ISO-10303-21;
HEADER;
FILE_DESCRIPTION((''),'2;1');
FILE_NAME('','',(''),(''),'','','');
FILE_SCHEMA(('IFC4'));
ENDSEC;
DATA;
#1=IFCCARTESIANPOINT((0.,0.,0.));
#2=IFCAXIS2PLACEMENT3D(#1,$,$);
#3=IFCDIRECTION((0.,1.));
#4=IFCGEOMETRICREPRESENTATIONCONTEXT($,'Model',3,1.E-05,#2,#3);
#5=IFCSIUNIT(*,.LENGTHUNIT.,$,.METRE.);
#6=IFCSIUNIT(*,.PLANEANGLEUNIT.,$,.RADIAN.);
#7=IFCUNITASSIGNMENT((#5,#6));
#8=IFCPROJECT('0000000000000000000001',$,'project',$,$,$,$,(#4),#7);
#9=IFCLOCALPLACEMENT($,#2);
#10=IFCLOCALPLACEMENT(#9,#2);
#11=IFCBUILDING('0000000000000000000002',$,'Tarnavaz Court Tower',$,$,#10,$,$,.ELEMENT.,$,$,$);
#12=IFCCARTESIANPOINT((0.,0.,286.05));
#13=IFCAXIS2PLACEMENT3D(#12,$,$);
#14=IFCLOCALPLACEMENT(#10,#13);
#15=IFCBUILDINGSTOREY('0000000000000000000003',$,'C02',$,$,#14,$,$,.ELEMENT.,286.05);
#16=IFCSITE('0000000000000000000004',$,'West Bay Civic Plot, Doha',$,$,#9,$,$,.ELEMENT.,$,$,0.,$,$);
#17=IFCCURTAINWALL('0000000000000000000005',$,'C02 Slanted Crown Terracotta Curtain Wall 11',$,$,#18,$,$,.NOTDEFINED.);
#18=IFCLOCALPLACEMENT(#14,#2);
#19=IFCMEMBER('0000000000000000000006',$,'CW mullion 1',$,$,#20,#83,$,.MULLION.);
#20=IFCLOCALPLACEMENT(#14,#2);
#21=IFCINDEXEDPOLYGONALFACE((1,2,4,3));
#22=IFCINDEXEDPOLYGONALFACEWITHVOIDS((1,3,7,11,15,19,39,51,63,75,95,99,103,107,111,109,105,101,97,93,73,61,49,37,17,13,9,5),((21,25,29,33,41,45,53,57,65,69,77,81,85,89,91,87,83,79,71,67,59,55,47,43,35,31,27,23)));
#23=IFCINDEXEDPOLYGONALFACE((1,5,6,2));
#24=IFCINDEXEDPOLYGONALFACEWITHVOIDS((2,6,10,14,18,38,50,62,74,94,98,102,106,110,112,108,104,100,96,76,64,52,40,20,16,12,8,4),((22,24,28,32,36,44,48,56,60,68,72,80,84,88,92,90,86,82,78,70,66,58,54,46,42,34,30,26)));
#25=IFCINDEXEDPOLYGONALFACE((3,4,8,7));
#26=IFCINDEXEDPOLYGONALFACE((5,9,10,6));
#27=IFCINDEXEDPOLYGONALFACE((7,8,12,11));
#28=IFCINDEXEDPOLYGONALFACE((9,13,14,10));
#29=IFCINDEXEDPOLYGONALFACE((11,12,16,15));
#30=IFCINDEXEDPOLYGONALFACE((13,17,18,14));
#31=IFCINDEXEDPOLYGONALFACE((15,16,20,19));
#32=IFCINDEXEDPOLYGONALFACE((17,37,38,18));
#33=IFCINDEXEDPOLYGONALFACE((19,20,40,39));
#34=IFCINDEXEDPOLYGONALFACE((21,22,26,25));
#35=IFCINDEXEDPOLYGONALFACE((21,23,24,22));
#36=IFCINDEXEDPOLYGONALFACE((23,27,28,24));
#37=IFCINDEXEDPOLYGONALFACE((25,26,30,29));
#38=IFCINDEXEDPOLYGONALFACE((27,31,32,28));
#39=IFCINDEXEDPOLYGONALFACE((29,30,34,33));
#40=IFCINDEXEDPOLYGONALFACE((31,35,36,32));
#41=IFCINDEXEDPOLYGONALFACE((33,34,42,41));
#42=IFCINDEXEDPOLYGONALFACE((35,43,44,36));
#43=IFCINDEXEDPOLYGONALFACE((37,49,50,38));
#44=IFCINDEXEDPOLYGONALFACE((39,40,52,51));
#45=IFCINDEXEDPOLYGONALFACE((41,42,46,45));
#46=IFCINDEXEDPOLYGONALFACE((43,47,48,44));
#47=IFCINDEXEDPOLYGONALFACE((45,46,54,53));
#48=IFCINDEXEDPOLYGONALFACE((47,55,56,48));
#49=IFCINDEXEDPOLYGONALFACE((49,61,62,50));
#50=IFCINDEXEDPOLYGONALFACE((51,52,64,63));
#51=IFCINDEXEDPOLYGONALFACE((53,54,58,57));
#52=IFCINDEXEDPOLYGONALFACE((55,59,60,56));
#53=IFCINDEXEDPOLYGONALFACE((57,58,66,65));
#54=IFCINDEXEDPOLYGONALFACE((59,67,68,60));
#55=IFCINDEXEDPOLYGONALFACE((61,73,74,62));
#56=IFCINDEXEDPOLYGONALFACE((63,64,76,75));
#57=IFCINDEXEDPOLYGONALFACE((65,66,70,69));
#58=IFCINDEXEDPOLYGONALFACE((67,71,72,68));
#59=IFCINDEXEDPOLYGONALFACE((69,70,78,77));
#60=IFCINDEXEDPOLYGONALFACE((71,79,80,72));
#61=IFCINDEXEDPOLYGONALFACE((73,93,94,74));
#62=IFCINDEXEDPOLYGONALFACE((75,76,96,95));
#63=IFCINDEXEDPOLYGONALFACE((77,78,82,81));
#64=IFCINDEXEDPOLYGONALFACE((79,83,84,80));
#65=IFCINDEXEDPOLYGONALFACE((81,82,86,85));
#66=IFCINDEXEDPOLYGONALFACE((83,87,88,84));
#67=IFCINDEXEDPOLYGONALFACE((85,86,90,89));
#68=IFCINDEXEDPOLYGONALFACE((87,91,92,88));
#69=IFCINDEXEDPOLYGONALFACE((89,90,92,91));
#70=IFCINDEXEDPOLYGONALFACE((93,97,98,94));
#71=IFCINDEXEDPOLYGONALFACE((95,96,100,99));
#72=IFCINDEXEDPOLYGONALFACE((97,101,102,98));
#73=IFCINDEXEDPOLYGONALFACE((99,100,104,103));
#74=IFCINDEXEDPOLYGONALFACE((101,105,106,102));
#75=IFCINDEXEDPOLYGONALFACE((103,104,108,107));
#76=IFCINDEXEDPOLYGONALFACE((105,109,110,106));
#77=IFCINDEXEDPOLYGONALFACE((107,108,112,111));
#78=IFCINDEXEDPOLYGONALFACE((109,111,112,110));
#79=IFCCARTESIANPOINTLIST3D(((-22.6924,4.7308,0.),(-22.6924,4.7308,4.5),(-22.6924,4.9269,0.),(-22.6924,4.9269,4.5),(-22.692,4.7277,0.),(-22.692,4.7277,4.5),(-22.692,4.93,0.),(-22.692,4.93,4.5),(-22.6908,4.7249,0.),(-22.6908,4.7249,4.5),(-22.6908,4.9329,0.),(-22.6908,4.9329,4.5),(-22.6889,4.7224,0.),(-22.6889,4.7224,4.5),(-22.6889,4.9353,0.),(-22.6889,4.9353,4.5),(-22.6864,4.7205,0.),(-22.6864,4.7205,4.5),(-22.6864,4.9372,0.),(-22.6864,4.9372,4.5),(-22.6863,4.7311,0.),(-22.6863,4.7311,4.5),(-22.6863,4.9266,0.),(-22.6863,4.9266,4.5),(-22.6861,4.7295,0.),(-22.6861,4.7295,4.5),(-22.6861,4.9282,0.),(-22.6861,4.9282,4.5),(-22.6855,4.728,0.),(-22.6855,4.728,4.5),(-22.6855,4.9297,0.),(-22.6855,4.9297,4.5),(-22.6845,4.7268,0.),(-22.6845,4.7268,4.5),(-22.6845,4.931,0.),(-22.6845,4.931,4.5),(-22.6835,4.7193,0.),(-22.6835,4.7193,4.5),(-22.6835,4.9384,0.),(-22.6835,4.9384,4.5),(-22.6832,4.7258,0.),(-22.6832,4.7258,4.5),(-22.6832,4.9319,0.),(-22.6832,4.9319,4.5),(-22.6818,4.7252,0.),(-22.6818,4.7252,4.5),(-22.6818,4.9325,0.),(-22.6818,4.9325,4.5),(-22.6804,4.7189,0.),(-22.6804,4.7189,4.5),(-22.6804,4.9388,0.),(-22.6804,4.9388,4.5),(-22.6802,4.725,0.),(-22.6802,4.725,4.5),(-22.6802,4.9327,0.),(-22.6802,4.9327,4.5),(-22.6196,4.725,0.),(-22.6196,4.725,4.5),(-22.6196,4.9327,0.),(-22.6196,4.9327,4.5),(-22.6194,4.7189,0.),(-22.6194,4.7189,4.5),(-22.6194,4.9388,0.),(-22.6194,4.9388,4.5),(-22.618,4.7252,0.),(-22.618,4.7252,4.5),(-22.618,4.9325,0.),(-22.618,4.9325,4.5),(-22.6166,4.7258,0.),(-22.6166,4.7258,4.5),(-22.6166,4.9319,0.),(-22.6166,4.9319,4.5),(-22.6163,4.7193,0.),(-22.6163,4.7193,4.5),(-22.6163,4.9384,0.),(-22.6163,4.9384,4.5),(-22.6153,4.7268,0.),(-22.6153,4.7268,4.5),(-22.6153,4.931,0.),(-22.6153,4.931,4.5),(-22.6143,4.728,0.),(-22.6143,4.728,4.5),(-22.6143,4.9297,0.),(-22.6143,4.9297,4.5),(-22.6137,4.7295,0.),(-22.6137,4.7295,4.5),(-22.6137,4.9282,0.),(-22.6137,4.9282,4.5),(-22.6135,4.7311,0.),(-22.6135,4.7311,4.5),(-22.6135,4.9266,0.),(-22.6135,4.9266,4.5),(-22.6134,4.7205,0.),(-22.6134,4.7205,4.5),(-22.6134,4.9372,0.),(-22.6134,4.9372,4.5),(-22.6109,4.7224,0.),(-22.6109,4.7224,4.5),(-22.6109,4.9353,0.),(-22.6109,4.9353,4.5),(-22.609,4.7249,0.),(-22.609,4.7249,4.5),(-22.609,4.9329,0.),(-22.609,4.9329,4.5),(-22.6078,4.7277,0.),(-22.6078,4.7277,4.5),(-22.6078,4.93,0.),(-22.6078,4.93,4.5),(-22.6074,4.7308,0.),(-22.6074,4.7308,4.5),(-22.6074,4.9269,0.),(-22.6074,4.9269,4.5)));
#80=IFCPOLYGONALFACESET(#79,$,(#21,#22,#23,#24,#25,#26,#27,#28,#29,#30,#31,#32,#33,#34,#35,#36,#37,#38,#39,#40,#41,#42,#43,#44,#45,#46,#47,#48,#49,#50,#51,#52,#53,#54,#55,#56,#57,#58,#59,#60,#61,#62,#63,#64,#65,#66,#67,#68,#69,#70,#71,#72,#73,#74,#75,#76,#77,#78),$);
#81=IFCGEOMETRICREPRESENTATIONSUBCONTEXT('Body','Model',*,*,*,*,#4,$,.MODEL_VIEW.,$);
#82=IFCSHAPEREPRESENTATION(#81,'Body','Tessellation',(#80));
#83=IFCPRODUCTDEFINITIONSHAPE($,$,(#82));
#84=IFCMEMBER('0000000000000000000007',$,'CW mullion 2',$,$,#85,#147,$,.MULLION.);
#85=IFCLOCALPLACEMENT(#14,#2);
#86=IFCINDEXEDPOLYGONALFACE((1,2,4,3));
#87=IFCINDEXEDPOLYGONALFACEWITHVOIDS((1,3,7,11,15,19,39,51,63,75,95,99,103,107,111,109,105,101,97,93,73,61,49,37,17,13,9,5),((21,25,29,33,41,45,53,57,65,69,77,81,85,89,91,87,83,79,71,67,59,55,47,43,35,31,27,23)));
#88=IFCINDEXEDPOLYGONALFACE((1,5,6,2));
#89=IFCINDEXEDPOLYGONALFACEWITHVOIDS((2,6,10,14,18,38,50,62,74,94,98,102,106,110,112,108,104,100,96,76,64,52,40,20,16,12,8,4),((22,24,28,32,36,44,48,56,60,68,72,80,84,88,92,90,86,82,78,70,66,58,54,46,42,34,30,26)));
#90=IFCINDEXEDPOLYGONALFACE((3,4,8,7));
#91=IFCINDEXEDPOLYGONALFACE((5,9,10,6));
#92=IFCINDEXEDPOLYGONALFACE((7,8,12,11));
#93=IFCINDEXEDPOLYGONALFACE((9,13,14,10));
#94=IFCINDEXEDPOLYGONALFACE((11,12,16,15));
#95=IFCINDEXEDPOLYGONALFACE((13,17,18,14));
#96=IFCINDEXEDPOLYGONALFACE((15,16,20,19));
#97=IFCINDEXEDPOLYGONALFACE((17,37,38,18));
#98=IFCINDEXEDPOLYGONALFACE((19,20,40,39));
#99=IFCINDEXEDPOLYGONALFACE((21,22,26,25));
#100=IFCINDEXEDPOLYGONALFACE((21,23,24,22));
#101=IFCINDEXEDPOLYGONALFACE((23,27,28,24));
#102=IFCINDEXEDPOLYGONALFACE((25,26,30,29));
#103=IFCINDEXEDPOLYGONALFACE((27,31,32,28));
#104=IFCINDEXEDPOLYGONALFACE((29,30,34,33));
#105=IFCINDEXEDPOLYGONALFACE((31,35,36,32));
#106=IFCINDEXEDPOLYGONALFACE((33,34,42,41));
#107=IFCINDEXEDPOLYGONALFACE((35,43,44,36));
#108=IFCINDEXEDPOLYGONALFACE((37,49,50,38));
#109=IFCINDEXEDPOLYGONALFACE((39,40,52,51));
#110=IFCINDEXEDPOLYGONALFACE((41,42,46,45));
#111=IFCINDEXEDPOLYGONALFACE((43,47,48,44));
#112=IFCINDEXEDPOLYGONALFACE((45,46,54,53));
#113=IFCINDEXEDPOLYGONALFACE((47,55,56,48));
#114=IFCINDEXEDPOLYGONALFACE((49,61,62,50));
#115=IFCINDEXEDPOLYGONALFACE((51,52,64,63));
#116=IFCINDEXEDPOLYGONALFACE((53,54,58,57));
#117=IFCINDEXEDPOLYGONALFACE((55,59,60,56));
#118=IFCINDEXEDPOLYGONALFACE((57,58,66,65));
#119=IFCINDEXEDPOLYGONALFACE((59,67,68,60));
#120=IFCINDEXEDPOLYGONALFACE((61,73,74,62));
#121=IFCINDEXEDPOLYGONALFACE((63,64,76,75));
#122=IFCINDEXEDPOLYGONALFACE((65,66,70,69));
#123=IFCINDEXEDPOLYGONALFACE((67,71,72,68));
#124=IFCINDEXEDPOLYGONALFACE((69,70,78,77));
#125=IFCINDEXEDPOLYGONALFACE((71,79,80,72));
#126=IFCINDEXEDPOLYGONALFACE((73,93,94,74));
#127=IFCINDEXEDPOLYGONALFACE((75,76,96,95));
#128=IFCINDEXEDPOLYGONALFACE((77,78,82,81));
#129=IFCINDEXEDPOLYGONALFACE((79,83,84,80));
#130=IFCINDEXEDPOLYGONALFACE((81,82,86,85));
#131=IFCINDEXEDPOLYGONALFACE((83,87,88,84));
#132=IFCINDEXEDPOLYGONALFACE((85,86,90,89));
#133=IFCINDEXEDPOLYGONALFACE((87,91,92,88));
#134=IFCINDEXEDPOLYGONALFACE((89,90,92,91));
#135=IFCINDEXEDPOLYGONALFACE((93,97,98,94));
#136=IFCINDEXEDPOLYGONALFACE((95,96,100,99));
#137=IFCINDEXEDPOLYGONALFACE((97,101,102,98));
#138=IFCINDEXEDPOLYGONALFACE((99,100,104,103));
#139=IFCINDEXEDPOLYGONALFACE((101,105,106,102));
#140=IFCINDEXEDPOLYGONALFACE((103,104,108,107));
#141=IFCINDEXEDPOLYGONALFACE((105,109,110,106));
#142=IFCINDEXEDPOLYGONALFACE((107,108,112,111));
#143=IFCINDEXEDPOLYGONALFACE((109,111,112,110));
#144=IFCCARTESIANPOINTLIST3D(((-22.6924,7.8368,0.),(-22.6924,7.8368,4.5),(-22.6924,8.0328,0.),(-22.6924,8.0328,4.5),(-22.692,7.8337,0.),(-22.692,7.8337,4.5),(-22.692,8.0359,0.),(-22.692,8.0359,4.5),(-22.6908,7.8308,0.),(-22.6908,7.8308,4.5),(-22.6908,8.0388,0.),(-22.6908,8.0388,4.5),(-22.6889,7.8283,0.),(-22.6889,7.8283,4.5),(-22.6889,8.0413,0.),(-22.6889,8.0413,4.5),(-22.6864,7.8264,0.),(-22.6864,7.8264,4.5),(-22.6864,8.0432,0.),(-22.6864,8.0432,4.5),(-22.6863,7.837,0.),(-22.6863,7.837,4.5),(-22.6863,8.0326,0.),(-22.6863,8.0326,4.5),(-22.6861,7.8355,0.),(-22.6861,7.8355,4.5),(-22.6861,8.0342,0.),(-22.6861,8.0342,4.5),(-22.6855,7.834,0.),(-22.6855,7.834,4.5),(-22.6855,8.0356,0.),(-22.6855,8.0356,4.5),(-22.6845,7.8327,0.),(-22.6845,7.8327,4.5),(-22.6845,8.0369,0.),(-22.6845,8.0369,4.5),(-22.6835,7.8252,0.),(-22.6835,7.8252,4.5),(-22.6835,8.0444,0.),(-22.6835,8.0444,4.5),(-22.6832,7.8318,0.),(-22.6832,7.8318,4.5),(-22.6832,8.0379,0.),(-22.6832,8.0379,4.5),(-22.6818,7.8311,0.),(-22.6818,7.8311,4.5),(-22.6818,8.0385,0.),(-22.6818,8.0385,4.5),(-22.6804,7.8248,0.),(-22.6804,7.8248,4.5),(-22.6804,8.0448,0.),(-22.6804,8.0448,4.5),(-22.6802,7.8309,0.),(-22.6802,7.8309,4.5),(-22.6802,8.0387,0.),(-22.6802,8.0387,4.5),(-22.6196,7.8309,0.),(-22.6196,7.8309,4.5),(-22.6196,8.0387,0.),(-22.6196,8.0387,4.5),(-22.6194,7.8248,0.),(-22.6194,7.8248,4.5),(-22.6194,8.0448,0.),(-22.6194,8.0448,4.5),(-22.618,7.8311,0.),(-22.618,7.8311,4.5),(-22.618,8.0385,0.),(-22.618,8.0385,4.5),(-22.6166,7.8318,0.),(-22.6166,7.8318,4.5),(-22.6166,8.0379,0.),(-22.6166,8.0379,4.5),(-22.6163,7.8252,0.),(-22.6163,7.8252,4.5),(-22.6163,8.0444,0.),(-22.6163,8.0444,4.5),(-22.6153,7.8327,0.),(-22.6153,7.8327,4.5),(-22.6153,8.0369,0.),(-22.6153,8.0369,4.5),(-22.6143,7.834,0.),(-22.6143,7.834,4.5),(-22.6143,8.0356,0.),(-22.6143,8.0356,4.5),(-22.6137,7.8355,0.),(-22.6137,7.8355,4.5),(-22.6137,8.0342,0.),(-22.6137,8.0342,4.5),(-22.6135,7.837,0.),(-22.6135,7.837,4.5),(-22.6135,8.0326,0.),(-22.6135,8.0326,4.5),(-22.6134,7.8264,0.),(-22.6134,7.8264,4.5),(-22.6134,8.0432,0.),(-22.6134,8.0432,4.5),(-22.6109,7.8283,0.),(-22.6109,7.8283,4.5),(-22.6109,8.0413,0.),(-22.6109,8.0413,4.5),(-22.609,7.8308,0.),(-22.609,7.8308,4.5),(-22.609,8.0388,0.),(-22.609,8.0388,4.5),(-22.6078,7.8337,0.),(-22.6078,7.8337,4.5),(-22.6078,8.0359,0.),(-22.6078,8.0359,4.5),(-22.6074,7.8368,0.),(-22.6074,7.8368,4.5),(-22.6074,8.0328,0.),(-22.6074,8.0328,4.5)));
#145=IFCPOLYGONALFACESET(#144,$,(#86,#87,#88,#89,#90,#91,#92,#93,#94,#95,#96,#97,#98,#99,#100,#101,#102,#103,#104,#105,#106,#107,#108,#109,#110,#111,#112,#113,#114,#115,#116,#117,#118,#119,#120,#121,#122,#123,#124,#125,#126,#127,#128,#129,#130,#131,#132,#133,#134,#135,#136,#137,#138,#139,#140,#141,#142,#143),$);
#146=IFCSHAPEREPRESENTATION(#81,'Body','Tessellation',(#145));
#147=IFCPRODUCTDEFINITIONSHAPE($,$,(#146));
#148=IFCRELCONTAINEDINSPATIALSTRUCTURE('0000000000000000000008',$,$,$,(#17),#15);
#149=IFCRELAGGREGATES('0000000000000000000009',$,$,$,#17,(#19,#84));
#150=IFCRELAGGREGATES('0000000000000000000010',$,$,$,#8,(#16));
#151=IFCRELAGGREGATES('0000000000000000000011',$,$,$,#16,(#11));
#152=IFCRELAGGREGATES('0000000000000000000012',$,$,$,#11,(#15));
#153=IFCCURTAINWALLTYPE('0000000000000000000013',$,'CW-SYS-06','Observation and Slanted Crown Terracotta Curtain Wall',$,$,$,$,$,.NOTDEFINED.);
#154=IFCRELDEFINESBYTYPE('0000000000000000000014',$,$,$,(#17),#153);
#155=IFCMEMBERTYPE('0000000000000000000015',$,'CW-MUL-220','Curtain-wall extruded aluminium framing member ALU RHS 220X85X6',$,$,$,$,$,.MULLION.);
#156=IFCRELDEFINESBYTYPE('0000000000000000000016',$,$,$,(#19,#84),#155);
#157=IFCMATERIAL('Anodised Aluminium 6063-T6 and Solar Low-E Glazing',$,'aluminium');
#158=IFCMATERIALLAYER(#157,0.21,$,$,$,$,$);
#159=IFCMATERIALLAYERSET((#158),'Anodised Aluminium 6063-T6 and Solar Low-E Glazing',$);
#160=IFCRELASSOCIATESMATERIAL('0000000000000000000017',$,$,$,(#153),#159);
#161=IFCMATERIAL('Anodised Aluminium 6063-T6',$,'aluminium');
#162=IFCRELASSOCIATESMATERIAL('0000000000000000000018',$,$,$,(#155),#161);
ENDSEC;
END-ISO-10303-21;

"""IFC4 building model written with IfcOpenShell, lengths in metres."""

from ifc_helpers import new_model, si_unit, direction, frame, origin, origin_2d, place, context, subcontext, project, spatial, hollow_rectangle, extrude, material, layer, layer_set, material_profile, profile_set, type_object, element, aggregate, save


model = new_model("IFC4")

# Units and contexts
model_context = context("Model", 3, precision=1e-05, world=origin(), true_north=direction((0.0, 1.0)))
body_context = subcontext(model_context, "Body", "Model", "MODEL_VIEW")
ifc_project = project(units=[si_unit("LENGTHUNIT", "METRE"), si_unit("PLANEANGLEUNIT", "RADIAN")], contexts=[model_context])

# Site, building, storey
site_placement = place(None, origin())
site = spatial("IfcSite", under=ifc_project, at=site_placement, Name="West Bay Civic Plot, Doha", CompositionType="ELEMENT", RefElevation=0.0)
building_placement = place(site_placement, origin())
building = spatial("IfcBuilding", under=site, at=building_placement, Name="Tarnavaz Court Tower", CompositionType="ELEMENT")
storey_placement = place(building_placement, frame((0.0, 0.0, 286.05)))
storey = spatial("IfcBuildingStorey", under=building, at=storey_placement, Name="C02", CompositionType="ELEMENT", Elevation=286.05)

# Shared definitions
ifc_material_1 = material(Name="Anodised Aluminium 6063-T6 and Solar Low-E Glazing", Category="aluminium")
ifc_layer_1 = layer(ifc_material_1, 0.21)
ifc_layer_set_1 = layer_set([ifc_layer_1], Name="Anodised Aluminium 6063-T6 and Solar Low-E Glazing")
curtain_wall_type = type_object("IfcCurtainWallType", Name="CW-SYS-06", Description="Observation and Slanted Crown Terracotta Curtain Wall", PredefinedType="NOTDEFINED", material=ifc_layer_set_1)
ifc_material_2 = material(Name="Anodised Aluminium 6063-T6", Category="aluminium")
ifc_material_profile_1 = material_profile(ifc_material_2, hollow_rectangle(XDim=0.085, YDim=0.22, WallThickness=0.0061, InnerFilletRadius=0.0061, OuterFilletRadius=0.012, at=origin_2d()), Name="ALU RHS 220X85X6")
ifc_profile_set_1 = profile_set([ifc_material_profile_1], Name="Anodised Aluminium 6063-T6")
member_type_1 = type_object("IfcMemberType", Name="CW-MUL-220", Description="Curtain-wall extruded aluminium framing member ALU RHS 220X85X6", PredefinedType="MULLION", material=ifc_profile_set_1)

# Curtain wall, members
curtain_wall_1_placement = place(storey_placement, origin())
curtain_wall_1 = element("IfcCurtainWall", 1, at=curtain_wall_1_placement, inside=storey, type_object=curtain_wall_type, Name="C02 Slanted Crown Terracotta Curtain Wall 11", PredefinedType="NOTDEFINED")
member_1_placement = place(storey_placement, frame((-22.6499, 4.8289, 0.0), z_axis=(0.0, 0.0, 1.0), x_axis=(-1.0, 0.0, 0.0)))
member_1 = element("IfcMember", 2, at=member_1_placement, type_object=member_type_1, Name="CW mullion 1", PredefinedType="MULLION", context=body_context, shape_type="SweptSolid", body=[
    extrude(hollow_rectangle(XDim=0.085, YDim=0.22, WallThickness=0.0061, InnerFilletRadius=0.0061, OuterFilletRadius=0.012, at=origin_2d()), origin(), (0.0, 0.0, 1.0), 4.5),
])
member_2_placement = place(storey_placement, frame((-22.6499, 7.9348, 0.0), z_axis=(0.0, 0.0, 1.0), x_axis=(-1.0, 0.0, 0.0)))
member_2 = element("IfcMember", 3, at=member_2_placement, type_object=member_type_1, Name="CW mullion 2", PredefinedType="MULLION", context=body_context, shape_type="SweptSolid", body=[
    extrude(hollow_rectangle(XDim=0.085, YDim=0.22, WallThickness=0.0061, InnerFilletRadius=0.0061, OuterFilletRadius=0.012, at=origin_2d()), origin(), (0.0, 0.0, 1.0), 4.5),
])

aggregate(curtain_wall_1, [member_1, member_2])

save(model, "model.ifc")
